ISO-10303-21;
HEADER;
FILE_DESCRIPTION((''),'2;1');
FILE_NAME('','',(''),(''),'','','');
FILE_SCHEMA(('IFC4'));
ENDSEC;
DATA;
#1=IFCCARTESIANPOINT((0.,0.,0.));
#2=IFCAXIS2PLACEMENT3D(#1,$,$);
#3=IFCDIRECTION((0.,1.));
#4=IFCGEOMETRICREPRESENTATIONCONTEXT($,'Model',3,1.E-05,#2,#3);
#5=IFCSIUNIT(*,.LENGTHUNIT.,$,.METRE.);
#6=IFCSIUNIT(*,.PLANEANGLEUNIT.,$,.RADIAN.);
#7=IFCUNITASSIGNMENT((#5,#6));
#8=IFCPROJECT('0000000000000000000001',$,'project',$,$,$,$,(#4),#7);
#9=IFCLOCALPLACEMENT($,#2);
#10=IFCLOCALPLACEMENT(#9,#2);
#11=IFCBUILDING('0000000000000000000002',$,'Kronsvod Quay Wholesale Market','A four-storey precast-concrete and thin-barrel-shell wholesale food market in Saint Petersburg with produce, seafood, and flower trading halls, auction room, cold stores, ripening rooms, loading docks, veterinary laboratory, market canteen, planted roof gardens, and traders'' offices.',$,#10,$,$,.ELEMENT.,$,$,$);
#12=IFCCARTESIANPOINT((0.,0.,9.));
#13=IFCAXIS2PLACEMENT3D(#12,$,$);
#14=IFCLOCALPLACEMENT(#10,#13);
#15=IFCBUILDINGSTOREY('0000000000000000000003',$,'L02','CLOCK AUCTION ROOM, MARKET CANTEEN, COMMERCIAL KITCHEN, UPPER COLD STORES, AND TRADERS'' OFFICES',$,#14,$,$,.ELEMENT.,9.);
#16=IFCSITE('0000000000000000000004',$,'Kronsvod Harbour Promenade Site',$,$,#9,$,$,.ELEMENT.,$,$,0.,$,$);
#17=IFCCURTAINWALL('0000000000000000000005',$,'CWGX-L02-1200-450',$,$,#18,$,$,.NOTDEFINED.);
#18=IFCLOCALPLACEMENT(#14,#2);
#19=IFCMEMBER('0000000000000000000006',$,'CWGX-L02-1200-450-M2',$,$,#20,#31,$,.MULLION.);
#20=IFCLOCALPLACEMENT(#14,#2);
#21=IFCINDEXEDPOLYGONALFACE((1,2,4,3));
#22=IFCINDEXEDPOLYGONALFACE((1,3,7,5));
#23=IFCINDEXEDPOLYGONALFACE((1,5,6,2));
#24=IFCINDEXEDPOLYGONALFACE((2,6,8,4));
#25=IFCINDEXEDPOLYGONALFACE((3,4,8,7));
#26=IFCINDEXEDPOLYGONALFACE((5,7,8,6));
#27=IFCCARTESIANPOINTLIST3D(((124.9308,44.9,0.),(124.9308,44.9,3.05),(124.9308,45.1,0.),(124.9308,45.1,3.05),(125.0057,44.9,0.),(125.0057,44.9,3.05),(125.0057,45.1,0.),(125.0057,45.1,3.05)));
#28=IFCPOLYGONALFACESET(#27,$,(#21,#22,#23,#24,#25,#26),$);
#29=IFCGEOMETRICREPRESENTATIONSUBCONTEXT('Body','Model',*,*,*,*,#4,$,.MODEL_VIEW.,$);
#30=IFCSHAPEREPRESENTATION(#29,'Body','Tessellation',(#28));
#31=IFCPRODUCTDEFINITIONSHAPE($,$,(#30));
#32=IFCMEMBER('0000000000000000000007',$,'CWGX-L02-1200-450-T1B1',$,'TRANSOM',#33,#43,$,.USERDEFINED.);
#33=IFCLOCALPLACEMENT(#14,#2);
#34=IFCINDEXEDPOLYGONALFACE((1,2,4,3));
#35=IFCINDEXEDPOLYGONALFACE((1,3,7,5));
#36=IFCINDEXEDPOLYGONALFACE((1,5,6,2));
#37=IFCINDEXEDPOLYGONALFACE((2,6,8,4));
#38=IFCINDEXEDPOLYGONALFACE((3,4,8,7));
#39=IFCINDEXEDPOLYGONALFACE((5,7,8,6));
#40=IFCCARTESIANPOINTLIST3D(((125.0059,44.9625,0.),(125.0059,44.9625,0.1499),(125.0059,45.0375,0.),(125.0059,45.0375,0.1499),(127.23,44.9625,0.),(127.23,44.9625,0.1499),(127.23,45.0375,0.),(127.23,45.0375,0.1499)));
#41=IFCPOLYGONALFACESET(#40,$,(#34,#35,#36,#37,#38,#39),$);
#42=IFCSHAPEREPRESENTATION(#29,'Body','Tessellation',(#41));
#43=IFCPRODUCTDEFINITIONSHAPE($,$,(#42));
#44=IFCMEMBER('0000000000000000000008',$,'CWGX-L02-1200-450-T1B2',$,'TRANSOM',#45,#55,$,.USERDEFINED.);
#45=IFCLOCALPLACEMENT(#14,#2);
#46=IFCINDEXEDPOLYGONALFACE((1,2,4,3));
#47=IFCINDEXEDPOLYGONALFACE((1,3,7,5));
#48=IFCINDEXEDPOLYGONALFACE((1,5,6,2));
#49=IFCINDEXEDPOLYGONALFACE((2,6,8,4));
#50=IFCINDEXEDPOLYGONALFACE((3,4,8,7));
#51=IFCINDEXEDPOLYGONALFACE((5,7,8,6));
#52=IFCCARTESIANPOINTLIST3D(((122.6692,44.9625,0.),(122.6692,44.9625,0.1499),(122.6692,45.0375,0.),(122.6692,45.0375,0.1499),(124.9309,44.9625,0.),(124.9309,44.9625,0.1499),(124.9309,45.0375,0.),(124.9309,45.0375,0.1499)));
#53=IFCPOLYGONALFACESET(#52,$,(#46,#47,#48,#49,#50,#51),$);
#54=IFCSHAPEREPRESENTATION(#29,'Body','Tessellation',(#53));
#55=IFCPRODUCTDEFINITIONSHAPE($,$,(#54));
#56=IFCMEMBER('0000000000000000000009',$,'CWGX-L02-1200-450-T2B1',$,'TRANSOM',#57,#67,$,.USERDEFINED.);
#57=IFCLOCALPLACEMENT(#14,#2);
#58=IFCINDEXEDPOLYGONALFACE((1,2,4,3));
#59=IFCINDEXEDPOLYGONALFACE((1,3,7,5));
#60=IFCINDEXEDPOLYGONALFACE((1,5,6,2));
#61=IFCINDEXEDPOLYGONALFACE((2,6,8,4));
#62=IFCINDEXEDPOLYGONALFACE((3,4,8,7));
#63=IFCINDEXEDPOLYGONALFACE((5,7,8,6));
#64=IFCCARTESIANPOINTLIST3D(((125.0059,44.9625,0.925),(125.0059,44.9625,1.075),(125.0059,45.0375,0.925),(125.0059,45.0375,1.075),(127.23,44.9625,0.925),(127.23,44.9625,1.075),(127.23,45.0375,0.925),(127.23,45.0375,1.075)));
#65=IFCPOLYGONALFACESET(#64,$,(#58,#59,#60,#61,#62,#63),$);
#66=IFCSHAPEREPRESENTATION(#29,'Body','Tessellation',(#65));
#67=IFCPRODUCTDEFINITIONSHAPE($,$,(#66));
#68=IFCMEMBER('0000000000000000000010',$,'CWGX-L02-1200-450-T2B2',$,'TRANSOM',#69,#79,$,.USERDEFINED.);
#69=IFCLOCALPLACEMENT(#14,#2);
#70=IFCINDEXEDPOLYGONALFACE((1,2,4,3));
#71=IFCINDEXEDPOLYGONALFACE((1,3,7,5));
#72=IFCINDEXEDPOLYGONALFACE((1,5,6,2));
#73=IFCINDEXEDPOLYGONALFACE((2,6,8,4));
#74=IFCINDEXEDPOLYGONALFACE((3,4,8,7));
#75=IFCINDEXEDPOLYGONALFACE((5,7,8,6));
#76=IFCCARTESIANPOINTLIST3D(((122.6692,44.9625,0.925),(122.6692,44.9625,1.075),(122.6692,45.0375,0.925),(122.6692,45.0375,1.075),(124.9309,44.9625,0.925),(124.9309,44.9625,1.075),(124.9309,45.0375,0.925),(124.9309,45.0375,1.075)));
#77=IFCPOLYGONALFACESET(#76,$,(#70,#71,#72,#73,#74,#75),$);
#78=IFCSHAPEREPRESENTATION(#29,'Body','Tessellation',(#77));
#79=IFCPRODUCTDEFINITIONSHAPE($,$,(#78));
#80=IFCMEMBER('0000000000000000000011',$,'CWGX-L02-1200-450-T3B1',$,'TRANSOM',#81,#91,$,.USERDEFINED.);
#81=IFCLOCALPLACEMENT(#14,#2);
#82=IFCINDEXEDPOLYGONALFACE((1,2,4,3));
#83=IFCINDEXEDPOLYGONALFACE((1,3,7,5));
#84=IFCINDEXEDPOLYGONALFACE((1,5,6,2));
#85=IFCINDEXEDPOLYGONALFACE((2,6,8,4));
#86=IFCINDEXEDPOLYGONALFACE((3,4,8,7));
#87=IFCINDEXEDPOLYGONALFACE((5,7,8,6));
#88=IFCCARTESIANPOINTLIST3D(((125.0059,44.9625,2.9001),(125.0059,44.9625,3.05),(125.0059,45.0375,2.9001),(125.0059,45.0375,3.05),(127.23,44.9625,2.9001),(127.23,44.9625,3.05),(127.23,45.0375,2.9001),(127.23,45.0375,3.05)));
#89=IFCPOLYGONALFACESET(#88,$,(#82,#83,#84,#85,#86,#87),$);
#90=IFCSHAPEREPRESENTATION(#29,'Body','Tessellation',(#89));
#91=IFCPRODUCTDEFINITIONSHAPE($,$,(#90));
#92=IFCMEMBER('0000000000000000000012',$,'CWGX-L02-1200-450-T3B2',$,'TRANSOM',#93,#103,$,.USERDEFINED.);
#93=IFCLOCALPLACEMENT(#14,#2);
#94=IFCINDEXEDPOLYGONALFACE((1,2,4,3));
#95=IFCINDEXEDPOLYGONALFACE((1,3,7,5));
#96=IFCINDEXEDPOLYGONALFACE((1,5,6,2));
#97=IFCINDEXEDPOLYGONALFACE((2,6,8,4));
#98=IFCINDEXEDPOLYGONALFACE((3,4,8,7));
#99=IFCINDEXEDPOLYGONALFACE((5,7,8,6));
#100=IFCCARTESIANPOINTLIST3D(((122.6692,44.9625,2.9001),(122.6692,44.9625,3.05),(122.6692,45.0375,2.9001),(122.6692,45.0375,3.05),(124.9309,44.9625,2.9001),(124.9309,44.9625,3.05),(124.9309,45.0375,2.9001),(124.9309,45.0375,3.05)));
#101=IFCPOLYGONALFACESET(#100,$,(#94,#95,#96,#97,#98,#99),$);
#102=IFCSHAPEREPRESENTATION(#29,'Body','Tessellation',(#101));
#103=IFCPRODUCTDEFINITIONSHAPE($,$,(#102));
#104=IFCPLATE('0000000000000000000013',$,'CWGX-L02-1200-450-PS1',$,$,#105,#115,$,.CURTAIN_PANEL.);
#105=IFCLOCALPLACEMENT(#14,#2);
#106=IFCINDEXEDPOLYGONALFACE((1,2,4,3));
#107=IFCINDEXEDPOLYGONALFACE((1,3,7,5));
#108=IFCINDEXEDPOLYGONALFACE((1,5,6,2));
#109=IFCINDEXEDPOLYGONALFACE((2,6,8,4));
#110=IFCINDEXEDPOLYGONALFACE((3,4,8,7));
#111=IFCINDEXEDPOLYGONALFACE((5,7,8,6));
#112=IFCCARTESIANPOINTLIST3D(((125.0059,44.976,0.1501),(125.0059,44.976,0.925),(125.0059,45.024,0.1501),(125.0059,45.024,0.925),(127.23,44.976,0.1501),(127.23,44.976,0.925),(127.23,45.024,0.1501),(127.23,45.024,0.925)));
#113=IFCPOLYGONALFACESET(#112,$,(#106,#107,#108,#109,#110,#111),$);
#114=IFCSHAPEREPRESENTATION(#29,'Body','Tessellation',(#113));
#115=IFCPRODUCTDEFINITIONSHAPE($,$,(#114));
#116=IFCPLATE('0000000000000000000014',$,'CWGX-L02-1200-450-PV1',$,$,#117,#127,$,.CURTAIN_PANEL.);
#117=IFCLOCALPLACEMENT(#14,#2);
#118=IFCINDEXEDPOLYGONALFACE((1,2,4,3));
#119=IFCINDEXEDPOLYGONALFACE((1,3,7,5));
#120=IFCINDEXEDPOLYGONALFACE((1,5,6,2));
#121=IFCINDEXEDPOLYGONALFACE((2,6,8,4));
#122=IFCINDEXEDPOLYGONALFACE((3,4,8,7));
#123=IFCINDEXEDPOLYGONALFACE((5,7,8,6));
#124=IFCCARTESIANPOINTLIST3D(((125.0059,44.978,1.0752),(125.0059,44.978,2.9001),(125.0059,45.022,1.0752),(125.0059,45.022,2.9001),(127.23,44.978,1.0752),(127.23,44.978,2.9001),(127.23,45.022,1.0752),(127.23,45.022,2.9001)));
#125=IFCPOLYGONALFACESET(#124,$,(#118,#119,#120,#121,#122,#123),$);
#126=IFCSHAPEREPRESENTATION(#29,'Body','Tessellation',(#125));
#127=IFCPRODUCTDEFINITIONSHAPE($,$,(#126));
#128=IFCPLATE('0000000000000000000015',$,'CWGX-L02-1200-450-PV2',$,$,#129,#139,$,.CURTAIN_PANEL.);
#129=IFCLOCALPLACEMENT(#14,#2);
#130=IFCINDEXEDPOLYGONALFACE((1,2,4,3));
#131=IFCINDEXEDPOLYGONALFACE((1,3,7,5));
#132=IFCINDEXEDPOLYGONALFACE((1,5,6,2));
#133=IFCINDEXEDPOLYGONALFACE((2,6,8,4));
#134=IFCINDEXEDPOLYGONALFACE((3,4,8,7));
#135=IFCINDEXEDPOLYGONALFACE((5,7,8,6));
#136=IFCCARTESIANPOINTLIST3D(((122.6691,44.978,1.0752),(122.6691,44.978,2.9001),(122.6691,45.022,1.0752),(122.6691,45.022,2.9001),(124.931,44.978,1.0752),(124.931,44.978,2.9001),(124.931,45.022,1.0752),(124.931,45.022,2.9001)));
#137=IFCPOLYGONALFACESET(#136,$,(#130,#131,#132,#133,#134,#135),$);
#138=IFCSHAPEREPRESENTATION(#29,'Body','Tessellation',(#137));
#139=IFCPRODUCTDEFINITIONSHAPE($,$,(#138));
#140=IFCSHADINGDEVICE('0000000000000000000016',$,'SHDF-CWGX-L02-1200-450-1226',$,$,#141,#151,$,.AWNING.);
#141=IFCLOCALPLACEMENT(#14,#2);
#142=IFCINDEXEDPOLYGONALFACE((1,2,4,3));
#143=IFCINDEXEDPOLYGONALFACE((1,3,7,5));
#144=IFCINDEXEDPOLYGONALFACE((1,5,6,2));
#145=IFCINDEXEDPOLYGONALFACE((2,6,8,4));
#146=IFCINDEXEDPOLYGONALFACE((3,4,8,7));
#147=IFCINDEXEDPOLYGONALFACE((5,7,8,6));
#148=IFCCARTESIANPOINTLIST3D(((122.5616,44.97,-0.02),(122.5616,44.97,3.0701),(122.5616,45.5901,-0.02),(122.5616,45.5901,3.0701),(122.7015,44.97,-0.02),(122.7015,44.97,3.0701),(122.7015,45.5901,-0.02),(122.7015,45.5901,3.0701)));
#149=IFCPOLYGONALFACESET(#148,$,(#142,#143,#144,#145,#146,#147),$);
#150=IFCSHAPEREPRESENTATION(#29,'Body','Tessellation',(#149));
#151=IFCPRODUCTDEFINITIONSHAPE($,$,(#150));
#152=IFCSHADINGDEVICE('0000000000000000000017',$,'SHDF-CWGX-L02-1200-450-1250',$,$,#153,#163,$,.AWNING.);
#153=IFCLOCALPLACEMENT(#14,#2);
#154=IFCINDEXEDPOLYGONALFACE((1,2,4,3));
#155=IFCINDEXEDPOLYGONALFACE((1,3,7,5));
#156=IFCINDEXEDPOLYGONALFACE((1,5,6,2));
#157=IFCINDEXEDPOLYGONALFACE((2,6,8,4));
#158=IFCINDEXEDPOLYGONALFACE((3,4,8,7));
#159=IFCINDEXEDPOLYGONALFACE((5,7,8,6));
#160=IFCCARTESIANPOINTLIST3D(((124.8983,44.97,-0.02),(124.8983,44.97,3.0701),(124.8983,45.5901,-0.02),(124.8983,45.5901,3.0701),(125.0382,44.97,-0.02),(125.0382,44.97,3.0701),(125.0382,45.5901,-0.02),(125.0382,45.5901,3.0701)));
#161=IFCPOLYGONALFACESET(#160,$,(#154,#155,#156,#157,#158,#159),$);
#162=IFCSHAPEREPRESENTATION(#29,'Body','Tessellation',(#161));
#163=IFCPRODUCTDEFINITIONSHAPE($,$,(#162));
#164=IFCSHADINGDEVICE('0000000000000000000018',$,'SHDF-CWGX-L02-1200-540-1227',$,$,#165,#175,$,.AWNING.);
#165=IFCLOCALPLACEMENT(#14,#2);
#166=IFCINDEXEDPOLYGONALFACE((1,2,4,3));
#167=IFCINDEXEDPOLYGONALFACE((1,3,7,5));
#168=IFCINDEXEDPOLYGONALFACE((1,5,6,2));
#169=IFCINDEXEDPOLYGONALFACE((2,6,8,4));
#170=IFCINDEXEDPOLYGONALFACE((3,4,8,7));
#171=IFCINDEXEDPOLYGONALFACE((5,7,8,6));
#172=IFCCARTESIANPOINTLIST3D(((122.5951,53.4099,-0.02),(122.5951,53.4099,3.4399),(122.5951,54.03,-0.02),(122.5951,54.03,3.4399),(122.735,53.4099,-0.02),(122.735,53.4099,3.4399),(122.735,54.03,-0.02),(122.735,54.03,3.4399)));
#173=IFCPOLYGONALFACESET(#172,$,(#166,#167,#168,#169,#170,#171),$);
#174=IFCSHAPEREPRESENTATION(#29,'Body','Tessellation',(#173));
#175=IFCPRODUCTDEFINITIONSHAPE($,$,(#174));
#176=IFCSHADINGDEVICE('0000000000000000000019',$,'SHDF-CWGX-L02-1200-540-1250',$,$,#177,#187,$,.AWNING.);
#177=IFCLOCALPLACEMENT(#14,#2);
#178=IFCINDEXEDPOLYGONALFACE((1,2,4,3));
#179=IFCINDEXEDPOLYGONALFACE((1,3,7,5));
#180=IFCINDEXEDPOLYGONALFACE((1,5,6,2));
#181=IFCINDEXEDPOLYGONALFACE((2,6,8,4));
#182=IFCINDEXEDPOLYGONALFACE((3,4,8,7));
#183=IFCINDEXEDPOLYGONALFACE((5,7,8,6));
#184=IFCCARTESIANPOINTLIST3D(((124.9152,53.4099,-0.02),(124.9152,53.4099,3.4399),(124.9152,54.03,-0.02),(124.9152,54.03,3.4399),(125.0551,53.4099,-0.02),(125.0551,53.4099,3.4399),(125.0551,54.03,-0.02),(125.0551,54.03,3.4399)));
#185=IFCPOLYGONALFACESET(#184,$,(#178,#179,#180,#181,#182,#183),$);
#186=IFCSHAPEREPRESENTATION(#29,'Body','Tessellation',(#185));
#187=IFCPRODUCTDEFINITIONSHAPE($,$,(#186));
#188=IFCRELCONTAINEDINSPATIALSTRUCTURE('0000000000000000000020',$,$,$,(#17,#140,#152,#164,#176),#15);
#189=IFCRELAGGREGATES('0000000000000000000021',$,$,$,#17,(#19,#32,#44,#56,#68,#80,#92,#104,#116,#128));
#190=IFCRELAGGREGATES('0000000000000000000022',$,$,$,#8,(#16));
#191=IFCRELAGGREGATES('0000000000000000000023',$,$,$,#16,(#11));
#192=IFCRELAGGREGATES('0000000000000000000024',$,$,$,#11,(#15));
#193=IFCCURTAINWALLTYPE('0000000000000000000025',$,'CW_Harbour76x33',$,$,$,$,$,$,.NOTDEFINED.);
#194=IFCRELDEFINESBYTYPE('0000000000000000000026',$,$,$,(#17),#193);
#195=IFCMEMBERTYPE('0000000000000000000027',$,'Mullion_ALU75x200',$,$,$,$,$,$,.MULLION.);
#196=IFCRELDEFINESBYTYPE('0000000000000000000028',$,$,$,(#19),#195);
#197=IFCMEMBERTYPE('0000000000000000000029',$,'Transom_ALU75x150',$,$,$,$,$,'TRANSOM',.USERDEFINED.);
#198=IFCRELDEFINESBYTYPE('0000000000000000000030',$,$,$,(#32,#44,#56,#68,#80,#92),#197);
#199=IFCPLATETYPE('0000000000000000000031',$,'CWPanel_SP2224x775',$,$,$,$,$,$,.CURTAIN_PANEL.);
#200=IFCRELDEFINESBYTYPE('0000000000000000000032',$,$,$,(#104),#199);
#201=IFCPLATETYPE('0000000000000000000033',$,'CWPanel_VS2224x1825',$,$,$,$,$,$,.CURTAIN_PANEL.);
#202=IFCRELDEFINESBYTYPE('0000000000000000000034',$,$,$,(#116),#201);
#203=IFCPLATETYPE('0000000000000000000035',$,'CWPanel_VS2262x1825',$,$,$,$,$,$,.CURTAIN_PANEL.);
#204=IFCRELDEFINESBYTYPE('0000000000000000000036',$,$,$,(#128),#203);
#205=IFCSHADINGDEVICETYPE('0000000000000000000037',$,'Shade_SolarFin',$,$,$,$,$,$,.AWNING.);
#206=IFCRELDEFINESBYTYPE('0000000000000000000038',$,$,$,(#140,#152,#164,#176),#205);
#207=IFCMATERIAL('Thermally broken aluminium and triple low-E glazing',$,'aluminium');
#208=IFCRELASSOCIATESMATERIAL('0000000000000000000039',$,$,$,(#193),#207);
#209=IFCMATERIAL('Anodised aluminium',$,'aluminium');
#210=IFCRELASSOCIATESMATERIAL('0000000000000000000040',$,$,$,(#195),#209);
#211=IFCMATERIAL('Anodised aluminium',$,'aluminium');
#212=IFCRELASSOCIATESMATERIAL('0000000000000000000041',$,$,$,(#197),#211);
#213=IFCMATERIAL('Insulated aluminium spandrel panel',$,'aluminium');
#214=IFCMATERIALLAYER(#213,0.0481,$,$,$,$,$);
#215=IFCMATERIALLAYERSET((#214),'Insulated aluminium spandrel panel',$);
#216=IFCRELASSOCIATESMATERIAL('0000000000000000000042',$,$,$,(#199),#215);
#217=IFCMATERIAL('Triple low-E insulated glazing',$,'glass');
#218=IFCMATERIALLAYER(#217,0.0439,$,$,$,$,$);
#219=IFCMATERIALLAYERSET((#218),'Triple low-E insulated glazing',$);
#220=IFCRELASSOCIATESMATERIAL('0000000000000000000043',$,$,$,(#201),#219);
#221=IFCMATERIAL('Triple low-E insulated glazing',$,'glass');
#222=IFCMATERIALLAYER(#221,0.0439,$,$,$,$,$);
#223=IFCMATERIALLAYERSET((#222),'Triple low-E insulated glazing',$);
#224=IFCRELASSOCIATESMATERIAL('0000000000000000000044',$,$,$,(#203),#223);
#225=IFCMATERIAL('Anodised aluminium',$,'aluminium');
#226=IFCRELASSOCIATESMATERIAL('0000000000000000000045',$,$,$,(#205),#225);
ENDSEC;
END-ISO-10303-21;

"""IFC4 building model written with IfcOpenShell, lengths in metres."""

from ifc_helpers import new_model, si_unit, direction, frame, origin, origin_2d, place, context, subcontext, project, spatial, rectangle, extrude, material, layer, layer_set, material_profile, profile_set, type_object, element, aggregate, save


model = new_model("IFC4")

# Units and contexts
model_context = context("Model", 3, precision=1e-05, world=origin(), true_north=direction((0.0, 1.0)))
body_context = subcontext(model_context, "Body", "Model", "MODEL_VIEW")
ifc_project = project(units=[si_unit("LENGTHUNIT", "METRE"), si_unit("PLANEANGLEUNIT", "RADIAN")], contexts=[model_context])

# Site, building, storey
site_placement = place(None, origin())
site = spatial("IfcSite", under=ifc_project, at=site_placement, Name="Kronsvod Harbour Promenade Site", CompositionType="ELEMENT", RefElevation=0.0)
building_placement = place(site_placement, origin())
building = spatial("IfcBuilding", under=site, at=building_placement, Name="Kronsvod Quay Wholesale Market", Description="A four-storey precast-concrete and thin-barrel-shell wholesale food market in Saint Petersburg with produce, seafood, and flower trading halls, auction room, cold stores, ripening rooms, loading docks, veterinary laboratory, market canteen, planted roof gardens, and traders' offices.", CompositionType="ELEMENT")
storey_placement = place(building_placement, frame((0.0, 0.0, 9.0)))
storey = spatial("IfcBuildingStorey", under=building, at=storey_placement, Name="L02", Description="CLOCK AUCTION ROOM, MARKET CANTEEN, COMMERCIAL KITCHEN, UPPER COLD STORES, AND TRADERS' OFFICES", CompositionType="ELEMENT", Elevation=9.0)

# Curtain wall, members, plates
ifc_material_1 = material(Name="Thermally broken aluminium and triple low-E glazing", Category="aluminium")
curtain_wall_type = type_object("IfcCurtainWallType", Name="CW_Harbour76x33", PredefinedType="NOTDEFINED", material=ifc_material_1)
curtain_wall_placement = place(storey_placement, origin())
curtain_wall = element("IfcCurtainWall", 1, at=curtain_wall_placement, inside=storey, type_object=curtain_wall_type, Name="CWGX-L02-1200-450", PredefinedType="NOTDEFINED")
ifc_material_2 = material(Name="Anodised aluminium", Category="aluminium")
ifc_material_profile_1 = material_profile(ifc_material_2, rectangle(XDim=0.075, YDim=0.2, at=origin_2d()), Name="ALUM75x200")
ifc_profile_set_1 = profile_set([ifc_material_profile_1], Name="Anodised aluminium")
member_type_1 = type_object("IfcMemberType", Name="Mullion_ALU75x200", PredefinedType="MULLION", material=ifc_profile_set_1)
member_1_placement = place(storey_placement, frame((124.9683, 45.0, 0.0), z_axis=(0.0, 0.0, 1.0), x_axis=(1.0, 0.0, 0.0)))
member_1 = element("IfcMember", 2, at=member_1_placement, type_object=member_type_1, Name="CWGX-L02-1200-450-M2", PredefinedType="MULLION", context=body_context, shape_type="SweptSolid", body=[
    extrude(rectangle(XDim=0.075, YDim=0.2, at=origin_2d()), origin(), (0.0, 0.0, 1.0), 3.05),
])
ifc_material_3 = material(Name="Anodised aluminium", Category="aluminium")
ifc_material_profile_2 = material_profile(ifc_material_3, rectangle(XDim=0.075, YDim=0.1499, at=origin_2d()), Name="ALUT75x150")
ifc_profile_set_2 = profile_set([ifc_material_profile_2], Name="Anodised aluminium")
member_type_2 = type_object("IfcMemberType", Name="Transom_ALU75x150", ElementType="TRANSOM", PredefinedType="USERDEFINED", material=ifc_profile_set_2)
member_2_placement = place(storey_placement, frame((127.23, 45.0, 0.075), z_axis=(-1.0, 0.0, 0.0), x_axis=(0.0, -1.0, 0.0)))
member_2 = element("IfcMember", 3, at=member_2_placement, type_object=member_type_2, Name="CWGX-L02-1200-450-T1B1", ObjectType="TRANSOM", PredefinedType="USERDEFINED", context=body_context, shape_type="SweptSolid", body=[
    extrude(rectangle(XDim=0.075, YDim=0.1499, at=origin_2d()), origin(), (0.0, 0.0, 1.0), 2.2241),
])
member_3_placement = place(storey_placement, frame((124.9309, 45.0, 0.075), z_axis=(-1.0, 0.0, 0.0), x_axis=(0.0, -1.0, 0.0)))
member_3 = element("IfcMember", 4, at=member_3_placement, type_object=member_type_2, Name="CWGX-L02-1200-450-T1B2", ObjectType="TRANSOM", PredefinedType="USERDEFINED", context=body_context, shape_type="SweptSolid", body=[
    extrude(rectangle(XDim=0.075, YDim=0.1499, at=origin_2d()), origin(), (0.0, 0.0, 1.0), 2.2617),
])
member_4_placement = place(storey_placement, frame((127.23, 45.0, 1.0), z_axis=(-1.0, 0.0, 0.0), x_axis=(0.0, -1.0, 0.0)))
member_4 = element("IfcMember", 5, at=member_4_placement, type_object=member_type_2, Name="CWGX-L02-1200-450-T2B1", ObjectType="TRANSOM", PredefinedType="USERDEFINED", context=body_context, shape_type="SweptSolid", body=[
    extrude(rectangle(XDim=0.075, YDim=0.1499, at=origin_2d()), origin(), (0.0, 0.0, 1.0), 2.2241),
])
member_5_placement = place(storey_placement, frame((124.9309, 45.0, 1.0), z_axis=(-1.0, 0.0, 0.0), x_axis=(0.0, -1.0, 0.0)))
member_5 = element("IfcMember", 6, at=member_5_placement, type_object=member_type_2, Name="CWGX-L02-1200-450-T2B2", ObjectType="TRANSOM", PredefinedType="USERDEFINED", context=body_context, shape_type="SweptSolid", body=[
    extrude(rectangle(XDim=0.075, YDim=0.1499, at=origin_2d()), origin(), (0.0, 0.0, 1.0), 2.2617),
])
member_6_placement = place(storey_placement, frame((127.23, 45.0, 2.9751), z_axis=(-1.0, 0.0, 0.0), x_axis=(0.0, -1.0, 0.0)))
member_6 = element("IfcMember", 7, at=member_6_placement, type_object=member_type_2, Name="CWGX-L02-1200-450-T3B1", ObjectType="TRANSOM", PredefinedType="USERDEFINED", context=body_context, shape_type="SweptSolid", body=[
    extrude(rectangle(XDim=0.075, YDim=0.1499, at=origin_2d()), origin(), (0.0, 0.0, 1.0), 2.2241),
])
member_7_placement = place(storey_placement, frame((124.9309, 45.0, 2.9751), z_axis=(-1.0, 0.0, 0.0), x_axis=(0.0, -1.0, 0.0)))
member_7 = element("IfcMember", 8, at=member_7_placement, type_object=member_type_2, Name="CWGX-L02-1200-450-T3B2", ObjectType="TRANSOM", PredefinedType="USERDEFINED", context=body_context, shape_type="SweptSolid", body=[
    extrude(rectangle(XDim=0.075, YDim=0.1499, at=origin_2d()), origin(), (0.0, 0.0, 1.0), 2.2617),
])
ifc_material_4 = material(Name="Insulated aluminium spandrel panel", Category="aluminium")
ifc_layer_1 = layer(ifc_material_4, 0.0481)
ifc_layer_set_1 = layer_set([ifc_layer_1], Name="Insulated aluminium spandrel panel")
plate_type_1 = type_object("IfcPlateType", Name="CWPanel_SP2224x775", PredefinedType="CURTAIN_PANEL", material=ifc_layer_set_1)
plate_1_placement = place(storey_placement, frame((126.1179, 45.0, 0.1501), z_axis=(0.0, 0.0, 1.0), x_axis=(-1.0, 0.0, 0.0)))
plate_1 = element("IfcPlate", 9, at=plate_1_placement, type_object=plate_type_1, Name="CWGX-L02-1200-450-PS1", PredefinedType="CURTAIN_PANEL", context=body_context, shape_type="SweptSolid", body=[
    extrude(rectangle(XDim=2.2241, YDim=0.0481, at=origin_2d()), origin(), (0.0, 0.0, 1.0), 0.7749),
])
ifc_material_5 = material(Name="Triple low-E insulated glazing", Category="glass")
ifc_layer_2 = layer(ifc_material_5, 0.0439)
ifc_layer_set_2 = layer_set([ifc_layer_2], Name="Triple low-E insulated glazing")
plate_type_2 = type_object("IfcPlateType", Name="CWPanel_VS2224x1825", PredefinedType="CURTAIN_PANEL", material=ifc_layer_set_2)
plate_2_placement = place(storey_placement, frame((126.1179, 45.0, 1.0752), z_axis=(0.0, 0.0, 1.0), x_axis=(-1.0, 0.0, 0.0)))
plate_2 = element("IfcPlate", 10, at=plate_2_placement, type_object=plate_type_2, Name="CWGX-L02-1200-450-PV1", PredefinedType="CURTAIN_PANEL", context=body_context, shape_type="SweptSolid", body=[
    extrude(rectangle(XDim=2.2241, YDim=0.0439, at=origin_2d()), origin(), (0.0, 0.0, 1.0), 1.825),
])
ifc_material_6 = material(Name="Triple low-E insulated glazing", Category="glass")
ifc_layer_3 = layer(ifc_material_6, 0.0439)
ifc_layer_set_3 = layer_set([ifc_layer_3], Name="Triple low-E insulated glazing")
plate_type_3 = type_object("IfcPlateType", Name="CWPanel_VS2262x1825", PredefinedType="CURTAIN_PANEL", material=ifc_layer_set_3)
plate_3_placement = place(storey_placement, frame((123.8, 45.0, 1.0752), z_axis=(0.0, 0.0, 1.0), x_axis=(-1.0, 0.0, 0.0)))
plate_3 = element("IfcPlate", 11, at=plate_3_placement, type_object=plate_type_3, Name="CWGX-L02-1200-450-PV2", PredefinedType="CURTAIN_PANEL", context=body_context, shape_type="SweptSolid", body=[
    extrude(rectangle(XDim=2.262, YDim=0.0439, at=origin_2d()), origin(), (0.0, 0.0, 1.0), 1.825),
])
aggregate(curtain_wall, [member_1, member_2, member_3, member_4, member_5, member_6, member_7, plate_1, plate_2, plate_3])

# Shading devices
ifc_material_7 = material(Name="Anodised aluminium", Category="aluminium")
shading_device_type_1 = type_object("IfcShadingDeviceType", Name="Shade_SolarFin", PredefinedType="AWNING", material=ifc_material_7)
for number, where, z_axis, x_axis, name in (
    (12, (122.6316, 45.28, -0.02), (0.0, 0.0, 1.0), (1.0, 0.0, 0.0), "SHDF-CWGX-L02-1200-450-1226"),
    (13, (124.9683, 45.28, -0.02), (0.0, 0.0, 1.0), (1.0, 0.0, 0.0), "SHDF-CWGX-L02-1200-450-1250"),
):
    element("IfcShadingDevice", number, at=place(storey_placement, frame(where, z_axis=z_axis, x_axis=x_axis)), inside=storey, type_object=shading_device_type_1, Name=name, PredefinedType="AWNING", context=body_context, shape_type="SweptSolid", body=[
        extrude(rectangle(XDim=0.1399, YDim=0.6201, at=origin_2d()), origin(), (0.0, 0.0, 1.0), 3.0901),
    ])
for number, where, z_axis, x_axis, name in (
    (14, (122.665, 53.72, -0.02), (0.0, 0.0, 1.0), (1.0, 0.0, 0.0), "SHDF-CWGX-L02-1200-540-1227"),
    (15, (124.9851, 53.72, -0.02), (0.0, 0.0, 1.0), (1.0, 0.0, 0.0), "SHDF-CWGX-L02-1200-540-1250"),
):
    element("IfcShadingDevice", number, at=place(storey_placement, frame(where, z_axis=z_axis, x_axis=x_axis)), inside=storey, type_object=shading_device_type_1, Name=name, PredefinedType="AWNING", context=body_context, shape_type="SweptSolid", body=[
        extrude(rectangle(XDim=0.1399, YDim=0.6201, at=origin_2d()), origin(), (0.0, 0.0, 1.0), 3.46),
    ])

save(model, "model.ifc")
